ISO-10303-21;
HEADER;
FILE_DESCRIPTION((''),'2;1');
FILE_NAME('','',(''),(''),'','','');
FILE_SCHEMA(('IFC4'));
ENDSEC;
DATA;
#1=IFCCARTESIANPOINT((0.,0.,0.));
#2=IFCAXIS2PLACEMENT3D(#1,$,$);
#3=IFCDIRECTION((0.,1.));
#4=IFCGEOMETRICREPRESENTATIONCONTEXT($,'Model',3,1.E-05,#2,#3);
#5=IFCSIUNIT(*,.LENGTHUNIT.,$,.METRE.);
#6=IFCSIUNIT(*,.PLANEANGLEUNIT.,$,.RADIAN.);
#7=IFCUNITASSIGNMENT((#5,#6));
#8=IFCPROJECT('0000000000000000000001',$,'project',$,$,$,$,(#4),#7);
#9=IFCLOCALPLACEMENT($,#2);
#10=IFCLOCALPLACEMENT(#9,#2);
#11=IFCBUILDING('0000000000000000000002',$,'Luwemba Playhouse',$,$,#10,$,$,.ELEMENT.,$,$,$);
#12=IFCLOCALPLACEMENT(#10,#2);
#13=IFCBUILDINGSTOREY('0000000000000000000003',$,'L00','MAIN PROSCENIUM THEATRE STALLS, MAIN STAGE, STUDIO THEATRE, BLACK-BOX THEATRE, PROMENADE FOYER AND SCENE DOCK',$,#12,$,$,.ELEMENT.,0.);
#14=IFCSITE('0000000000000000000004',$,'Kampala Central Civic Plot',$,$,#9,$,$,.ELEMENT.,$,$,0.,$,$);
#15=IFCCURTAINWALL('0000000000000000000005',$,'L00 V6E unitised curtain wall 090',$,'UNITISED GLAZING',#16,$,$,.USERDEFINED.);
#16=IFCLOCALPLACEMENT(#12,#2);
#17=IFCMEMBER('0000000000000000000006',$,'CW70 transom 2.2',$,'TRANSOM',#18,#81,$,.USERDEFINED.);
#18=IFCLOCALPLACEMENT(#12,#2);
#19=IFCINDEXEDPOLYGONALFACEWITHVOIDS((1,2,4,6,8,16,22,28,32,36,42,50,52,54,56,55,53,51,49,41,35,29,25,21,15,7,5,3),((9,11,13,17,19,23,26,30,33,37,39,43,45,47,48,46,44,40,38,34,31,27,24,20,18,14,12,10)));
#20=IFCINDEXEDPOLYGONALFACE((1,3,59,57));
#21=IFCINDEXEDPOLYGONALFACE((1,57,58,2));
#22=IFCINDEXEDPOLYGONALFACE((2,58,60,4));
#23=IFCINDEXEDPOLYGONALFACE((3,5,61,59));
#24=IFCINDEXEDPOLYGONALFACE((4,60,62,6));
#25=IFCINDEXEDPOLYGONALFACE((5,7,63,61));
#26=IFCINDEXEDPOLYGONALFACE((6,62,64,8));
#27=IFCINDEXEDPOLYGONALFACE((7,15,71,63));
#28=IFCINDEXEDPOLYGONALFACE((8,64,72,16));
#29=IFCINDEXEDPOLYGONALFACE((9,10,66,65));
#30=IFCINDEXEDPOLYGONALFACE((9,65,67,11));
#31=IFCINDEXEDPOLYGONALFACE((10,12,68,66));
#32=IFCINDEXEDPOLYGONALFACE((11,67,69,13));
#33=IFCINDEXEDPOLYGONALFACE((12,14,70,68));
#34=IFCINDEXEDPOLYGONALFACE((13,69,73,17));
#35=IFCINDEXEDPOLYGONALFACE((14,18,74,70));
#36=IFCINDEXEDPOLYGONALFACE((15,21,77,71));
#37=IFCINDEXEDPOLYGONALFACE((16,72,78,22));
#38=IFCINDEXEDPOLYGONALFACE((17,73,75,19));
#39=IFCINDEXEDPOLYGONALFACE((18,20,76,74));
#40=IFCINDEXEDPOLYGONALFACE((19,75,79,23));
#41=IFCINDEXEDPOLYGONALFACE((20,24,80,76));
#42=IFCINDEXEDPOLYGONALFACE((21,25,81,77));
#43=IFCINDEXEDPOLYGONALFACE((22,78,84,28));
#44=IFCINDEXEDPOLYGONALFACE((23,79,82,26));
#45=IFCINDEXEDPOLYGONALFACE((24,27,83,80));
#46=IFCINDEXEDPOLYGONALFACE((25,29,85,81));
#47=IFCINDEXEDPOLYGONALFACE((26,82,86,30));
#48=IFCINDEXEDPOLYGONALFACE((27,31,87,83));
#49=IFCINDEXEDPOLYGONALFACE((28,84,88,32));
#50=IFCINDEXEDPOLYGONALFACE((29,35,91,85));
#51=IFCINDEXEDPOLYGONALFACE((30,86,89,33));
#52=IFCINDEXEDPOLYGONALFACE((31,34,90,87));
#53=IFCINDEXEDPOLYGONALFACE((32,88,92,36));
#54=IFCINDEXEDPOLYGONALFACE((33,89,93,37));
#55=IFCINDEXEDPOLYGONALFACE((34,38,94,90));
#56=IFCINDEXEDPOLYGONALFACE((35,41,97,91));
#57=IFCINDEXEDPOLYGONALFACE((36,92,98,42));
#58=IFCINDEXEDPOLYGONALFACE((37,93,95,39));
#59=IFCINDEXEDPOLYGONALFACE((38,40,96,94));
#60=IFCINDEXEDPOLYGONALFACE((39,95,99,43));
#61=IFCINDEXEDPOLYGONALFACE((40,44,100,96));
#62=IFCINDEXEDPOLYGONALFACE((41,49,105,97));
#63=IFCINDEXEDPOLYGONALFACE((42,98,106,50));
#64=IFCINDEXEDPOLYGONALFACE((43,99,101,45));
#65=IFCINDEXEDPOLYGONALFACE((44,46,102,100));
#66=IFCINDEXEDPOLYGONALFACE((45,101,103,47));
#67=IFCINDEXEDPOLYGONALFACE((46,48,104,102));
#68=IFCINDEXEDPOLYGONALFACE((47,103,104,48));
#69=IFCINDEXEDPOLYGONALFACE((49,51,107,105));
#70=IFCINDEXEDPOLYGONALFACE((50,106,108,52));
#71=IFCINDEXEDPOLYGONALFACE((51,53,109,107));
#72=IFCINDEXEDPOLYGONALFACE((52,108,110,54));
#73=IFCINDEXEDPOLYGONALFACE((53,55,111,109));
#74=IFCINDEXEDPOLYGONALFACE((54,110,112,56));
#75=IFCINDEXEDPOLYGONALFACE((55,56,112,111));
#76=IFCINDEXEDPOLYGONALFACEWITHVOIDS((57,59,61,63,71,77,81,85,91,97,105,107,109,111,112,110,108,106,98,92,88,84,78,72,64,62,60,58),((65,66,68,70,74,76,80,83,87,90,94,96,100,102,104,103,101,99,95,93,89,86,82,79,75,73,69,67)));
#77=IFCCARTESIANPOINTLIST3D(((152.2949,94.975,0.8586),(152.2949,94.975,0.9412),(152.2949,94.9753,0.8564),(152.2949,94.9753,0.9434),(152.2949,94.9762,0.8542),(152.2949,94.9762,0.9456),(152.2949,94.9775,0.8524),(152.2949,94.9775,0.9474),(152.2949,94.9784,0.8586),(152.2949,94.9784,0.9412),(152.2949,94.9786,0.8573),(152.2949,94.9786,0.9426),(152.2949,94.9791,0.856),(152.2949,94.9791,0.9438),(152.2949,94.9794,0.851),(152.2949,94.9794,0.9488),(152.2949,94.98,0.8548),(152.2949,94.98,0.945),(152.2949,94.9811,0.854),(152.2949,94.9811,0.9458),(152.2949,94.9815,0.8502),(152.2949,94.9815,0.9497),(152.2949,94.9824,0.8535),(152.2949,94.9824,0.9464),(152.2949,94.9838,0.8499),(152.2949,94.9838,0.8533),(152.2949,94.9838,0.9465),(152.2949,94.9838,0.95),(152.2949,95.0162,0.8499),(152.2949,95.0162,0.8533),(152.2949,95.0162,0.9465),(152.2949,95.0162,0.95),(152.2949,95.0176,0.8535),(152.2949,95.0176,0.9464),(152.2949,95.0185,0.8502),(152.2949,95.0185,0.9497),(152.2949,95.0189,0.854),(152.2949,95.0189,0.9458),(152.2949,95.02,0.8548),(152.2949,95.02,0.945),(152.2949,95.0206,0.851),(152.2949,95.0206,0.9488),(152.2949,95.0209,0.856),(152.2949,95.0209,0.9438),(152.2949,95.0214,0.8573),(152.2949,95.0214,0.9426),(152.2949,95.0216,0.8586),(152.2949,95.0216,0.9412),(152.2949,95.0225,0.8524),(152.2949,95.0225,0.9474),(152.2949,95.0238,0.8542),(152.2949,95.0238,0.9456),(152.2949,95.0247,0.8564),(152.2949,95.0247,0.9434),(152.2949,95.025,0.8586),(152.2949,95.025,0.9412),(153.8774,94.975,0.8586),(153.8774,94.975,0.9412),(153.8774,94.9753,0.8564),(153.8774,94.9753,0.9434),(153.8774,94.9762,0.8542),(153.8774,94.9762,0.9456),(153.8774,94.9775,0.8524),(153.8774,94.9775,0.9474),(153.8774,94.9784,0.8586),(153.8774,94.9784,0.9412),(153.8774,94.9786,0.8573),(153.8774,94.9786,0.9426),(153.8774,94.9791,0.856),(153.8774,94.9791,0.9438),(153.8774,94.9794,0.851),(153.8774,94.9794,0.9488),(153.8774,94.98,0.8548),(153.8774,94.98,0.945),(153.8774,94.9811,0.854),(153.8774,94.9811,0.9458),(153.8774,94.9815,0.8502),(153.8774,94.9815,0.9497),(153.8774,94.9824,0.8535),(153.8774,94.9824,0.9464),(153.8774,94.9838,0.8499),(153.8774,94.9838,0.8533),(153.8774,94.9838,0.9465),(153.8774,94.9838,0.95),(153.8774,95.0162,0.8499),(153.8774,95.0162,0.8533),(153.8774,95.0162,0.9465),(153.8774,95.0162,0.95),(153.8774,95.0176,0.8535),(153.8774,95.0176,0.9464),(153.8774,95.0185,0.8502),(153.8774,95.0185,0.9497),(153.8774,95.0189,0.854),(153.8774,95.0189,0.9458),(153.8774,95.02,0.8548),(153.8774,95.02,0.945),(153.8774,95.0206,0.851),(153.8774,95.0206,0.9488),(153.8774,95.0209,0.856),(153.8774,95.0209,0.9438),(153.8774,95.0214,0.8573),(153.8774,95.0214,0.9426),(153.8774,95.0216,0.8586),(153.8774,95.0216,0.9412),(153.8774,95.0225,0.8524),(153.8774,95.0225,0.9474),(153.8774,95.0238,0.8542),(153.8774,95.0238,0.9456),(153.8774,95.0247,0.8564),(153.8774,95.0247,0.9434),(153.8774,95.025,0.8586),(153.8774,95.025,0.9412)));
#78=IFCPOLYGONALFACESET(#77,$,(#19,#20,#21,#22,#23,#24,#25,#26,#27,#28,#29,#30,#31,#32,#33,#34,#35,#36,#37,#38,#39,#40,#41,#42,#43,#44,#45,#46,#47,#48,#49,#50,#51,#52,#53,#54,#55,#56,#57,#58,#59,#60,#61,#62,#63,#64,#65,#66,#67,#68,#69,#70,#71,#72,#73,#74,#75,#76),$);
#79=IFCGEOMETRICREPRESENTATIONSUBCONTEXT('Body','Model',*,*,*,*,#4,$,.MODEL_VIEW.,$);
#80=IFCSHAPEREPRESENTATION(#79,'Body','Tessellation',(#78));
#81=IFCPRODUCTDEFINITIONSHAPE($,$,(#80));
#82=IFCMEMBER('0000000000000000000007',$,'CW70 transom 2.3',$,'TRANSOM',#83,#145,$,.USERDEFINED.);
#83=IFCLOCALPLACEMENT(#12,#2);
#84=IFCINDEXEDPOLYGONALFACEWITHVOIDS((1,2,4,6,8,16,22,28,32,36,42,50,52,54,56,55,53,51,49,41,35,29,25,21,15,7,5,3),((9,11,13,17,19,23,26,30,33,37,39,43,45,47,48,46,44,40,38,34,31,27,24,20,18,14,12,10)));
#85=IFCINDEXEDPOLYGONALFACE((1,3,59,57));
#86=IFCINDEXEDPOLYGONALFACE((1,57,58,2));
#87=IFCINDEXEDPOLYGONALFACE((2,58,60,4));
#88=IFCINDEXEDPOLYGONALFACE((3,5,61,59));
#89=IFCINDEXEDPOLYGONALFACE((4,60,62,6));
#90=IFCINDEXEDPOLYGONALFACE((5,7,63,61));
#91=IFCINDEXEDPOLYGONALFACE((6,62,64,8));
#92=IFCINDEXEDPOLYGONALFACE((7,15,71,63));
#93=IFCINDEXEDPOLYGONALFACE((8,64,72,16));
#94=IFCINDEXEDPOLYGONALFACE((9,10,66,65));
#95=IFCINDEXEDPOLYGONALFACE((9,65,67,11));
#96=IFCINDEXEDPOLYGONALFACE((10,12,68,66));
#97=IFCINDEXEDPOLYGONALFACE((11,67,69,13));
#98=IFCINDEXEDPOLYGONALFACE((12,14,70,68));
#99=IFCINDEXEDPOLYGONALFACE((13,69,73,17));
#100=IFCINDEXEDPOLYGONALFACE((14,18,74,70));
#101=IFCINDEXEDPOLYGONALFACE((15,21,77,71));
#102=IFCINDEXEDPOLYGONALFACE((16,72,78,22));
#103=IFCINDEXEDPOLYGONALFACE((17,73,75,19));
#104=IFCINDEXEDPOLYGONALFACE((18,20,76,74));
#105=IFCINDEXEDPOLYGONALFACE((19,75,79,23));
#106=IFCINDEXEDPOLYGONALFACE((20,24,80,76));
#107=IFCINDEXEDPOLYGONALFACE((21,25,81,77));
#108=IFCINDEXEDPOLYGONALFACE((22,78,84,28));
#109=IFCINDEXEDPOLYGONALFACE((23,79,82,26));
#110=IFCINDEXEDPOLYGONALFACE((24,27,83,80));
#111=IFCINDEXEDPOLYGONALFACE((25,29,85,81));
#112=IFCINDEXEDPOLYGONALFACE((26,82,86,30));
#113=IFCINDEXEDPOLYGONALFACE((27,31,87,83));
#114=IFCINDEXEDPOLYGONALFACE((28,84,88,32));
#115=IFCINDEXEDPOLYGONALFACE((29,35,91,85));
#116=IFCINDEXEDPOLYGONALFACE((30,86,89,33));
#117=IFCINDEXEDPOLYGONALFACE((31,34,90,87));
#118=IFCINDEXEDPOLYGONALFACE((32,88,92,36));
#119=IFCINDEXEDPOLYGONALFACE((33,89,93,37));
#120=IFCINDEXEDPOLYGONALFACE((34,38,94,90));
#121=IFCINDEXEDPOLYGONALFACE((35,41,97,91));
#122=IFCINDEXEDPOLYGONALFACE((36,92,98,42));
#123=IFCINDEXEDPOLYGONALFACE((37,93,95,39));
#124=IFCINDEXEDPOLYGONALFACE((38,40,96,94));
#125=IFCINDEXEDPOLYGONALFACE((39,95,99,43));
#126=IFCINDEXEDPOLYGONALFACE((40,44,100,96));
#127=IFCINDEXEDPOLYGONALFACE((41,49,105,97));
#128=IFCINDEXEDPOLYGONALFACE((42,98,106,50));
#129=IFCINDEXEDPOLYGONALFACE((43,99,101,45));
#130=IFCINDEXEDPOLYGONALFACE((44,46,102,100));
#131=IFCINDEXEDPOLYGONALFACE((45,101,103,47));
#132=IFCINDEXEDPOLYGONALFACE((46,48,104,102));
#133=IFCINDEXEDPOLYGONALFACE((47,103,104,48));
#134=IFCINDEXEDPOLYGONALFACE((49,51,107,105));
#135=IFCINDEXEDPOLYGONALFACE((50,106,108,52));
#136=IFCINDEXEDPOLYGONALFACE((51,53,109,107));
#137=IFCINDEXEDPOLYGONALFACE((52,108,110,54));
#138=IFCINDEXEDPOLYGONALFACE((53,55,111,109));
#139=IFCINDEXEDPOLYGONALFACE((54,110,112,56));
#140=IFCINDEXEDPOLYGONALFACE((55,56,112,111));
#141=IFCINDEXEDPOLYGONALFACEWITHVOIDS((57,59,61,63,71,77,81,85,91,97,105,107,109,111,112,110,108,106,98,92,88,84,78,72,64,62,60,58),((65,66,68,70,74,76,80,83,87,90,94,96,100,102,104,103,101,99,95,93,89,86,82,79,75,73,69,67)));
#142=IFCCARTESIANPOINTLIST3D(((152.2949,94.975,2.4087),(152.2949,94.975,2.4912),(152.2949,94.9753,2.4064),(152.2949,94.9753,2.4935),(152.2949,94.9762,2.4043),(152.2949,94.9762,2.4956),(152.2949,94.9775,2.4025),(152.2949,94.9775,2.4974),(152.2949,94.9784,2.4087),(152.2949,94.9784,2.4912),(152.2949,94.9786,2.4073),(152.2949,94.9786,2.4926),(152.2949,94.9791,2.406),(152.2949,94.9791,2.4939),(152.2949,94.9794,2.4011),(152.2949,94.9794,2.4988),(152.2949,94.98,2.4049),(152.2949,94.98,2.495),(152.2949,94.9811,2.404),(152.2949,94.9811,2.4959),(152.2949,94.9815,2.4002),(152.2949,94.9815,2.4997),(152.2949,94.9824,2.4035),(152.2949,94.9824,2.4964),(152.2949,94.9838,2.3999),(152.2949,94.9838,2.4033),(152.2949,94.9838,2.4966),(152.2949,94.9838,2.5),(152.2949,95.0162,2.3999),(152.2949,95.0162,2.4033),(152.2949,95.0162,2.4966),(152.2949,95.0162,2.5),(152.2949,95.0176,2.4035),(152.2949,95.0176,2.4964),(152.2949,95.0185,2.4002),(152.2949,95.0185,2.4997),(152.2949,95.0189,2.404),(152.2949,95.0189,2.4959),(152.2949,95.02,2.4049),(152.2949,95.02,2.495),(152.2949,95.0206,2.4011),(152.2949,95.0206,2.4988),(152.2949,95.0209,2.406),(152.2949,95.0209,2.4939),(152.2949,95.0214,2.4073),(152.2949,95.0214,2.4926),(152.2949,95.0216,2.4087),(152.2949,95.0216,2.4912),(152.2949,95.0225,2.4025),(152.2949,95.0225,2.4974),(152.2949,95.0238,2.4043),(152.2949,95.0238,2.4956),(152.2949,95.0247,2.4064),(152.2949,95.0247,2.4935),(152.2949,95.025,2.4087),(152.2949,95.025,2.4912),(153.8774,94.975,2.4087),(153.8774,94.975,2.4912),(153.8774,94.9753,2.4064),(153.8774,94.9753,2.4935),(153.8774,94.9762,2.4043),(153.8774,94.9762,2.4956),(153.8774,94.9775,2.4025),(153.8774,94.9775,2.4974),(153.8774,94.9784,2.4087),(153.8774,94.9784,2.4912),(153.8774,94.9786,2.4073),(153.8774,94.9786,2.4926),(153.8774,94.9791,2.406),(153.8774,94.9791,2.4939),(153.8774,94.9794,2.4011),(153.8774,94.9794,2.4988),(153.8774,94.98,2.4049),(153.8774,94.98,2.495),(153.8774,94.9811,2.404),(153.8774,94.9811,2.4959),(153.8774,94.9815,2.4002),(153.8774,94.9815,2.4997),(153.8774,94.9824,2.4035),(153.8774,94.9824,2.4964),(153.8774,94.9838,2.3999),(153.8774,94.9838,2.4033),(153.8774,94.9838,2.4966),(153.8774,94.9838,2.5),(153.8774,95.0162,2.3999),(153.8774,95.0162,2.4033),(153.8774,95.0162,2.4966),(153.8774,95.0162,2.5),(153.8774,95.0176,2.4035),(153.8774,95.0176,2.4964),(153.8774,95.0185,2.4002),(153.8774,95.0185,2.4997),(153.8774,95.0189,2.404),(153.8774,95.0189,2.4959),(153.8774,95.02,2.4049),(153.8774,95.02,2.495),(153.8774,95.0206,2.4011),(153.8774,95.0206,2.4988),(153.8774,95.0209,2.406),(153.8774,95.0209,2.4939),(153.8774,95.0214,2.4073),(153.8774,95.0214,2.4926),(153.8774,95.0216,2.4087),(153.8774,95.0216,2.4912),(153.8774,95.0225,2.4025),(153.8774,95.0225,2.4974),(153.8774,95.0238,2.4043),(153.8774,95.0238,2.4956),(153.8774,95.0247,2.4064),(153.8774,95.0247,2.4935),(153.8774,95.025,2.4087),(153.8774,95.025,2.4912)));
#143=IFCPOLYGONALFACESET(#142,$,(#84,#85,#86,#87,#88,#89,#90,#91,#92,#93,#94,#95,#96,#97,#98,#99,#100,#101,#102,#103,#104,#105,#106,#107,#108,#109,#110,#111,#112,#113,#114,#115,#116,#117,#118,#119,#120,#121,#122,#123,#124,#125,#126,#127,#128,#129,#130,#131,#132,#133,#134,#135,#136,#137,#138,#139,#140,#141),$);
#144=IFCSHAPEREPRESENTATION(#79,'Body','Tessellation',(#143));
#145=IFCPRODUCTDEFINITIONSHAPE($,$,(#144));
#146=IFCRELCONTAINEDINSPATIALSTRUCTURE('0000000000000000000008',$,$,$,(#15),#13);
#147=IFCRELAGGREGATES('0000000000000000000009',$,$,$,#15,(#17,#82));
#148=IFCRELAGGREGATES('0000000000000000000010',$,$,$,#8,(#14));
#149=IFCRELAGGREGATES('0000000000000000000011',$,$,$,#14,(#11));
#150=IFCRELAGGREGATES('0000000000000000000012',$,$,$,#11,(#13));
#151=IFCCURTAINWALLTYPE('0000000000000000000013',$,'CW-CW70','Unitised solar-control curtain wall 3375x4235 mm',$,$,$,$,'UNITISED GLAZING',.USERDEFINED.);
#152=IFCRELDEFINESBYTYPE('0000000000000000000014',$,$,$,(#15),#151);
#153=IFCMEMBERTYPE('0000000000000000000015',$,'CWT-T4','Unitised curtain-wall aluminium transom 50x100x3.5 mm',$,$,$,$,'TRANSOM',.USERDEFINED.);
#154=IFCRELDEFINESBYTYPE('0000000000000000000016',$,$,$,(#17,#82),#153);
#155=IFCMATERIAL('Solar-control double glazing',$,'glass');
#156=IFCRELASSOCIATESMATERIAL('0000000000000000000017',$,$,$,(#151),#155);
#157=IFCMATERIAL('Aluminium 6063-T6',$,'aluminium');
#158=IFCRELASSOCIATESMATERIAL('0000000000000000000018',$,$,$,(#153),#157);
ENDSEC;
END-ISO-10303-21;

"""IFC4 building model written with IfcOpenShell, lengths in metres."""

from ifc_helpers import new_model, si_unit, direction, frame, origin, origin_2d, place, context, subcontext, project, spatial, hollow_rectangle, extrude, material, material_profile, profile_set, type_object, element, aggregate, save


model = new_model("IFC4")

# Units and contexts
model_context = context("Model", 3, precision=1e-05, world=origin(), true_north=direction((0.0, 1.0)))
body_context = subcontext(model_context, "Body", "Model", "MODEL_VIEW")
ifc_project = project(units=[si_unit("LENGTHUNIT", "METRE"), si_unit("PLANEANGLEUNIT", "RADIAN")], contexts=[model_context])

# Site, building, storey
site_placement = place(None, origin())
site = spatial("IfcSite", under=ifc_project, at=site_placement, Name="Kampala Central Civic Plot", CompositionType="ELEMENT", RefElevation=0.0)
building_placement = place(site_placement, origin())
building = spatial("IfcBuilding", under=site, at=building_placement, Name="Luwemba Playhouse", CompositionType="ELEMENT")
storey_placement = place(building_placement, origin())
storey = spatial("IfcBuildingStorey", under=building, at=storey_placement, Name="L00", Description="MAIN PROSCENIUM THEATRE STALLS, MAIN STAGE, STUDIO THEATRE, BLACK-BOX THEATRE, PROMENADE FOYER AND SCENE DOCK", CompositionType="ELEMENT", Elevation=0.0)

# Shared definitions
ifc_material_1 = material(Name="Solar-control double glazing", Category="glass")
ifc_material_2 = material(Name="Aluminium 6063-T6", Category="aluminium")

# Curtain wall, members
curtain_wall_type_1 = type_object("IfcCurtainWallType", Name="CW-CW70", Description="Unitised solar-control curtain wall 3375x4235 mm", ElementType="UNITISED GLAZING", PredefinedType="USERDEFINED", material=ifc_material_1)
curtain_wall_1_placement = place(storey_placement, origin())
curtain_wall_1 = element("IfcCurtainWall", 1, at=curtain_wall_1_placement, inside=storey, type_object=curtain_wall_type_1, Name="L00 V6E unitised curtain wall 090", ObjectType="UNITISED GLAZING", PredefinedType="USERDEFINED")
ifc_material_profile_1 = material_profile(ifc_material_2, hollow_rectangle(XDim=0.05, YDim=0.1001, WallThickness=0.0034, InnerFilletRadius=0.0054, OuterFilletRadius=0.0088, at=origin_2d()))
ifc_profile_set_1 = profile_set([ifc_material_profile_1], Name="Aluminium 6063-T6")
member_type_1 = type_object("IfcMemberType", Name="CWT-T4", Description="Unitised curtain-wall aluminium transom 50x100x3.5 mm", ElementType="TRANSOM", PredefinedType="USERDEFINED", material=ifc_profile_set_1)
member_1_placement = place(storey_placement, frame((153.8774, 95.0, 0.8999), z_axis=(-1.0, 0.0, 0.0), x_axis=(0.0, -1.0, 0.0)))
member_1 = element("IfcMember", 2, at=member_1_placement, type_object=member_type_1, Name="CW70 transom 2.2", ObjectType="TRANSOM", PredefinedType="USERDEFINED", context=body_context, shape_type="SweptSolid", body=[
    extrude(hollow_rectangle(XDim=0.05, YDim=0.1001, WallThickness=0.0034, InnerFilletRadius=0.0054, OuterFilletRadius=0.0088, at=origin_2d()), origin(), (0.0, 0.0, 1.0), 1.5825),
])
member_2_placement = place(storey_placement, frame((153.8774, 95.0, 2.45), z_axis=(-1.0, 0.0, 0.0), x_axis=(0.0, -1.0, 0.0)))
member_2 = element("IfcMember", 3, at=member_2_placement, type_object=member_type_1, Name="CW70 transom 2.3", ObjectType="TRANSOM", PredefinedType="USERDEFINED", context=body_context, shape_type="SweptSolid", body=[
    extrude(hollow_rectangle(XDim=0.05, YDim=0.1001, WallThickness=0.0034, InnerFilletRadius=0.0054, OuterFilletRadius=0.0088, at=origin_2d()), origin(), (0.0, 0.0, 1.0), 1.5825),
])
aggregate(curtain_wall_1, [member_1, member_2])

save(model, "model.ifc")
